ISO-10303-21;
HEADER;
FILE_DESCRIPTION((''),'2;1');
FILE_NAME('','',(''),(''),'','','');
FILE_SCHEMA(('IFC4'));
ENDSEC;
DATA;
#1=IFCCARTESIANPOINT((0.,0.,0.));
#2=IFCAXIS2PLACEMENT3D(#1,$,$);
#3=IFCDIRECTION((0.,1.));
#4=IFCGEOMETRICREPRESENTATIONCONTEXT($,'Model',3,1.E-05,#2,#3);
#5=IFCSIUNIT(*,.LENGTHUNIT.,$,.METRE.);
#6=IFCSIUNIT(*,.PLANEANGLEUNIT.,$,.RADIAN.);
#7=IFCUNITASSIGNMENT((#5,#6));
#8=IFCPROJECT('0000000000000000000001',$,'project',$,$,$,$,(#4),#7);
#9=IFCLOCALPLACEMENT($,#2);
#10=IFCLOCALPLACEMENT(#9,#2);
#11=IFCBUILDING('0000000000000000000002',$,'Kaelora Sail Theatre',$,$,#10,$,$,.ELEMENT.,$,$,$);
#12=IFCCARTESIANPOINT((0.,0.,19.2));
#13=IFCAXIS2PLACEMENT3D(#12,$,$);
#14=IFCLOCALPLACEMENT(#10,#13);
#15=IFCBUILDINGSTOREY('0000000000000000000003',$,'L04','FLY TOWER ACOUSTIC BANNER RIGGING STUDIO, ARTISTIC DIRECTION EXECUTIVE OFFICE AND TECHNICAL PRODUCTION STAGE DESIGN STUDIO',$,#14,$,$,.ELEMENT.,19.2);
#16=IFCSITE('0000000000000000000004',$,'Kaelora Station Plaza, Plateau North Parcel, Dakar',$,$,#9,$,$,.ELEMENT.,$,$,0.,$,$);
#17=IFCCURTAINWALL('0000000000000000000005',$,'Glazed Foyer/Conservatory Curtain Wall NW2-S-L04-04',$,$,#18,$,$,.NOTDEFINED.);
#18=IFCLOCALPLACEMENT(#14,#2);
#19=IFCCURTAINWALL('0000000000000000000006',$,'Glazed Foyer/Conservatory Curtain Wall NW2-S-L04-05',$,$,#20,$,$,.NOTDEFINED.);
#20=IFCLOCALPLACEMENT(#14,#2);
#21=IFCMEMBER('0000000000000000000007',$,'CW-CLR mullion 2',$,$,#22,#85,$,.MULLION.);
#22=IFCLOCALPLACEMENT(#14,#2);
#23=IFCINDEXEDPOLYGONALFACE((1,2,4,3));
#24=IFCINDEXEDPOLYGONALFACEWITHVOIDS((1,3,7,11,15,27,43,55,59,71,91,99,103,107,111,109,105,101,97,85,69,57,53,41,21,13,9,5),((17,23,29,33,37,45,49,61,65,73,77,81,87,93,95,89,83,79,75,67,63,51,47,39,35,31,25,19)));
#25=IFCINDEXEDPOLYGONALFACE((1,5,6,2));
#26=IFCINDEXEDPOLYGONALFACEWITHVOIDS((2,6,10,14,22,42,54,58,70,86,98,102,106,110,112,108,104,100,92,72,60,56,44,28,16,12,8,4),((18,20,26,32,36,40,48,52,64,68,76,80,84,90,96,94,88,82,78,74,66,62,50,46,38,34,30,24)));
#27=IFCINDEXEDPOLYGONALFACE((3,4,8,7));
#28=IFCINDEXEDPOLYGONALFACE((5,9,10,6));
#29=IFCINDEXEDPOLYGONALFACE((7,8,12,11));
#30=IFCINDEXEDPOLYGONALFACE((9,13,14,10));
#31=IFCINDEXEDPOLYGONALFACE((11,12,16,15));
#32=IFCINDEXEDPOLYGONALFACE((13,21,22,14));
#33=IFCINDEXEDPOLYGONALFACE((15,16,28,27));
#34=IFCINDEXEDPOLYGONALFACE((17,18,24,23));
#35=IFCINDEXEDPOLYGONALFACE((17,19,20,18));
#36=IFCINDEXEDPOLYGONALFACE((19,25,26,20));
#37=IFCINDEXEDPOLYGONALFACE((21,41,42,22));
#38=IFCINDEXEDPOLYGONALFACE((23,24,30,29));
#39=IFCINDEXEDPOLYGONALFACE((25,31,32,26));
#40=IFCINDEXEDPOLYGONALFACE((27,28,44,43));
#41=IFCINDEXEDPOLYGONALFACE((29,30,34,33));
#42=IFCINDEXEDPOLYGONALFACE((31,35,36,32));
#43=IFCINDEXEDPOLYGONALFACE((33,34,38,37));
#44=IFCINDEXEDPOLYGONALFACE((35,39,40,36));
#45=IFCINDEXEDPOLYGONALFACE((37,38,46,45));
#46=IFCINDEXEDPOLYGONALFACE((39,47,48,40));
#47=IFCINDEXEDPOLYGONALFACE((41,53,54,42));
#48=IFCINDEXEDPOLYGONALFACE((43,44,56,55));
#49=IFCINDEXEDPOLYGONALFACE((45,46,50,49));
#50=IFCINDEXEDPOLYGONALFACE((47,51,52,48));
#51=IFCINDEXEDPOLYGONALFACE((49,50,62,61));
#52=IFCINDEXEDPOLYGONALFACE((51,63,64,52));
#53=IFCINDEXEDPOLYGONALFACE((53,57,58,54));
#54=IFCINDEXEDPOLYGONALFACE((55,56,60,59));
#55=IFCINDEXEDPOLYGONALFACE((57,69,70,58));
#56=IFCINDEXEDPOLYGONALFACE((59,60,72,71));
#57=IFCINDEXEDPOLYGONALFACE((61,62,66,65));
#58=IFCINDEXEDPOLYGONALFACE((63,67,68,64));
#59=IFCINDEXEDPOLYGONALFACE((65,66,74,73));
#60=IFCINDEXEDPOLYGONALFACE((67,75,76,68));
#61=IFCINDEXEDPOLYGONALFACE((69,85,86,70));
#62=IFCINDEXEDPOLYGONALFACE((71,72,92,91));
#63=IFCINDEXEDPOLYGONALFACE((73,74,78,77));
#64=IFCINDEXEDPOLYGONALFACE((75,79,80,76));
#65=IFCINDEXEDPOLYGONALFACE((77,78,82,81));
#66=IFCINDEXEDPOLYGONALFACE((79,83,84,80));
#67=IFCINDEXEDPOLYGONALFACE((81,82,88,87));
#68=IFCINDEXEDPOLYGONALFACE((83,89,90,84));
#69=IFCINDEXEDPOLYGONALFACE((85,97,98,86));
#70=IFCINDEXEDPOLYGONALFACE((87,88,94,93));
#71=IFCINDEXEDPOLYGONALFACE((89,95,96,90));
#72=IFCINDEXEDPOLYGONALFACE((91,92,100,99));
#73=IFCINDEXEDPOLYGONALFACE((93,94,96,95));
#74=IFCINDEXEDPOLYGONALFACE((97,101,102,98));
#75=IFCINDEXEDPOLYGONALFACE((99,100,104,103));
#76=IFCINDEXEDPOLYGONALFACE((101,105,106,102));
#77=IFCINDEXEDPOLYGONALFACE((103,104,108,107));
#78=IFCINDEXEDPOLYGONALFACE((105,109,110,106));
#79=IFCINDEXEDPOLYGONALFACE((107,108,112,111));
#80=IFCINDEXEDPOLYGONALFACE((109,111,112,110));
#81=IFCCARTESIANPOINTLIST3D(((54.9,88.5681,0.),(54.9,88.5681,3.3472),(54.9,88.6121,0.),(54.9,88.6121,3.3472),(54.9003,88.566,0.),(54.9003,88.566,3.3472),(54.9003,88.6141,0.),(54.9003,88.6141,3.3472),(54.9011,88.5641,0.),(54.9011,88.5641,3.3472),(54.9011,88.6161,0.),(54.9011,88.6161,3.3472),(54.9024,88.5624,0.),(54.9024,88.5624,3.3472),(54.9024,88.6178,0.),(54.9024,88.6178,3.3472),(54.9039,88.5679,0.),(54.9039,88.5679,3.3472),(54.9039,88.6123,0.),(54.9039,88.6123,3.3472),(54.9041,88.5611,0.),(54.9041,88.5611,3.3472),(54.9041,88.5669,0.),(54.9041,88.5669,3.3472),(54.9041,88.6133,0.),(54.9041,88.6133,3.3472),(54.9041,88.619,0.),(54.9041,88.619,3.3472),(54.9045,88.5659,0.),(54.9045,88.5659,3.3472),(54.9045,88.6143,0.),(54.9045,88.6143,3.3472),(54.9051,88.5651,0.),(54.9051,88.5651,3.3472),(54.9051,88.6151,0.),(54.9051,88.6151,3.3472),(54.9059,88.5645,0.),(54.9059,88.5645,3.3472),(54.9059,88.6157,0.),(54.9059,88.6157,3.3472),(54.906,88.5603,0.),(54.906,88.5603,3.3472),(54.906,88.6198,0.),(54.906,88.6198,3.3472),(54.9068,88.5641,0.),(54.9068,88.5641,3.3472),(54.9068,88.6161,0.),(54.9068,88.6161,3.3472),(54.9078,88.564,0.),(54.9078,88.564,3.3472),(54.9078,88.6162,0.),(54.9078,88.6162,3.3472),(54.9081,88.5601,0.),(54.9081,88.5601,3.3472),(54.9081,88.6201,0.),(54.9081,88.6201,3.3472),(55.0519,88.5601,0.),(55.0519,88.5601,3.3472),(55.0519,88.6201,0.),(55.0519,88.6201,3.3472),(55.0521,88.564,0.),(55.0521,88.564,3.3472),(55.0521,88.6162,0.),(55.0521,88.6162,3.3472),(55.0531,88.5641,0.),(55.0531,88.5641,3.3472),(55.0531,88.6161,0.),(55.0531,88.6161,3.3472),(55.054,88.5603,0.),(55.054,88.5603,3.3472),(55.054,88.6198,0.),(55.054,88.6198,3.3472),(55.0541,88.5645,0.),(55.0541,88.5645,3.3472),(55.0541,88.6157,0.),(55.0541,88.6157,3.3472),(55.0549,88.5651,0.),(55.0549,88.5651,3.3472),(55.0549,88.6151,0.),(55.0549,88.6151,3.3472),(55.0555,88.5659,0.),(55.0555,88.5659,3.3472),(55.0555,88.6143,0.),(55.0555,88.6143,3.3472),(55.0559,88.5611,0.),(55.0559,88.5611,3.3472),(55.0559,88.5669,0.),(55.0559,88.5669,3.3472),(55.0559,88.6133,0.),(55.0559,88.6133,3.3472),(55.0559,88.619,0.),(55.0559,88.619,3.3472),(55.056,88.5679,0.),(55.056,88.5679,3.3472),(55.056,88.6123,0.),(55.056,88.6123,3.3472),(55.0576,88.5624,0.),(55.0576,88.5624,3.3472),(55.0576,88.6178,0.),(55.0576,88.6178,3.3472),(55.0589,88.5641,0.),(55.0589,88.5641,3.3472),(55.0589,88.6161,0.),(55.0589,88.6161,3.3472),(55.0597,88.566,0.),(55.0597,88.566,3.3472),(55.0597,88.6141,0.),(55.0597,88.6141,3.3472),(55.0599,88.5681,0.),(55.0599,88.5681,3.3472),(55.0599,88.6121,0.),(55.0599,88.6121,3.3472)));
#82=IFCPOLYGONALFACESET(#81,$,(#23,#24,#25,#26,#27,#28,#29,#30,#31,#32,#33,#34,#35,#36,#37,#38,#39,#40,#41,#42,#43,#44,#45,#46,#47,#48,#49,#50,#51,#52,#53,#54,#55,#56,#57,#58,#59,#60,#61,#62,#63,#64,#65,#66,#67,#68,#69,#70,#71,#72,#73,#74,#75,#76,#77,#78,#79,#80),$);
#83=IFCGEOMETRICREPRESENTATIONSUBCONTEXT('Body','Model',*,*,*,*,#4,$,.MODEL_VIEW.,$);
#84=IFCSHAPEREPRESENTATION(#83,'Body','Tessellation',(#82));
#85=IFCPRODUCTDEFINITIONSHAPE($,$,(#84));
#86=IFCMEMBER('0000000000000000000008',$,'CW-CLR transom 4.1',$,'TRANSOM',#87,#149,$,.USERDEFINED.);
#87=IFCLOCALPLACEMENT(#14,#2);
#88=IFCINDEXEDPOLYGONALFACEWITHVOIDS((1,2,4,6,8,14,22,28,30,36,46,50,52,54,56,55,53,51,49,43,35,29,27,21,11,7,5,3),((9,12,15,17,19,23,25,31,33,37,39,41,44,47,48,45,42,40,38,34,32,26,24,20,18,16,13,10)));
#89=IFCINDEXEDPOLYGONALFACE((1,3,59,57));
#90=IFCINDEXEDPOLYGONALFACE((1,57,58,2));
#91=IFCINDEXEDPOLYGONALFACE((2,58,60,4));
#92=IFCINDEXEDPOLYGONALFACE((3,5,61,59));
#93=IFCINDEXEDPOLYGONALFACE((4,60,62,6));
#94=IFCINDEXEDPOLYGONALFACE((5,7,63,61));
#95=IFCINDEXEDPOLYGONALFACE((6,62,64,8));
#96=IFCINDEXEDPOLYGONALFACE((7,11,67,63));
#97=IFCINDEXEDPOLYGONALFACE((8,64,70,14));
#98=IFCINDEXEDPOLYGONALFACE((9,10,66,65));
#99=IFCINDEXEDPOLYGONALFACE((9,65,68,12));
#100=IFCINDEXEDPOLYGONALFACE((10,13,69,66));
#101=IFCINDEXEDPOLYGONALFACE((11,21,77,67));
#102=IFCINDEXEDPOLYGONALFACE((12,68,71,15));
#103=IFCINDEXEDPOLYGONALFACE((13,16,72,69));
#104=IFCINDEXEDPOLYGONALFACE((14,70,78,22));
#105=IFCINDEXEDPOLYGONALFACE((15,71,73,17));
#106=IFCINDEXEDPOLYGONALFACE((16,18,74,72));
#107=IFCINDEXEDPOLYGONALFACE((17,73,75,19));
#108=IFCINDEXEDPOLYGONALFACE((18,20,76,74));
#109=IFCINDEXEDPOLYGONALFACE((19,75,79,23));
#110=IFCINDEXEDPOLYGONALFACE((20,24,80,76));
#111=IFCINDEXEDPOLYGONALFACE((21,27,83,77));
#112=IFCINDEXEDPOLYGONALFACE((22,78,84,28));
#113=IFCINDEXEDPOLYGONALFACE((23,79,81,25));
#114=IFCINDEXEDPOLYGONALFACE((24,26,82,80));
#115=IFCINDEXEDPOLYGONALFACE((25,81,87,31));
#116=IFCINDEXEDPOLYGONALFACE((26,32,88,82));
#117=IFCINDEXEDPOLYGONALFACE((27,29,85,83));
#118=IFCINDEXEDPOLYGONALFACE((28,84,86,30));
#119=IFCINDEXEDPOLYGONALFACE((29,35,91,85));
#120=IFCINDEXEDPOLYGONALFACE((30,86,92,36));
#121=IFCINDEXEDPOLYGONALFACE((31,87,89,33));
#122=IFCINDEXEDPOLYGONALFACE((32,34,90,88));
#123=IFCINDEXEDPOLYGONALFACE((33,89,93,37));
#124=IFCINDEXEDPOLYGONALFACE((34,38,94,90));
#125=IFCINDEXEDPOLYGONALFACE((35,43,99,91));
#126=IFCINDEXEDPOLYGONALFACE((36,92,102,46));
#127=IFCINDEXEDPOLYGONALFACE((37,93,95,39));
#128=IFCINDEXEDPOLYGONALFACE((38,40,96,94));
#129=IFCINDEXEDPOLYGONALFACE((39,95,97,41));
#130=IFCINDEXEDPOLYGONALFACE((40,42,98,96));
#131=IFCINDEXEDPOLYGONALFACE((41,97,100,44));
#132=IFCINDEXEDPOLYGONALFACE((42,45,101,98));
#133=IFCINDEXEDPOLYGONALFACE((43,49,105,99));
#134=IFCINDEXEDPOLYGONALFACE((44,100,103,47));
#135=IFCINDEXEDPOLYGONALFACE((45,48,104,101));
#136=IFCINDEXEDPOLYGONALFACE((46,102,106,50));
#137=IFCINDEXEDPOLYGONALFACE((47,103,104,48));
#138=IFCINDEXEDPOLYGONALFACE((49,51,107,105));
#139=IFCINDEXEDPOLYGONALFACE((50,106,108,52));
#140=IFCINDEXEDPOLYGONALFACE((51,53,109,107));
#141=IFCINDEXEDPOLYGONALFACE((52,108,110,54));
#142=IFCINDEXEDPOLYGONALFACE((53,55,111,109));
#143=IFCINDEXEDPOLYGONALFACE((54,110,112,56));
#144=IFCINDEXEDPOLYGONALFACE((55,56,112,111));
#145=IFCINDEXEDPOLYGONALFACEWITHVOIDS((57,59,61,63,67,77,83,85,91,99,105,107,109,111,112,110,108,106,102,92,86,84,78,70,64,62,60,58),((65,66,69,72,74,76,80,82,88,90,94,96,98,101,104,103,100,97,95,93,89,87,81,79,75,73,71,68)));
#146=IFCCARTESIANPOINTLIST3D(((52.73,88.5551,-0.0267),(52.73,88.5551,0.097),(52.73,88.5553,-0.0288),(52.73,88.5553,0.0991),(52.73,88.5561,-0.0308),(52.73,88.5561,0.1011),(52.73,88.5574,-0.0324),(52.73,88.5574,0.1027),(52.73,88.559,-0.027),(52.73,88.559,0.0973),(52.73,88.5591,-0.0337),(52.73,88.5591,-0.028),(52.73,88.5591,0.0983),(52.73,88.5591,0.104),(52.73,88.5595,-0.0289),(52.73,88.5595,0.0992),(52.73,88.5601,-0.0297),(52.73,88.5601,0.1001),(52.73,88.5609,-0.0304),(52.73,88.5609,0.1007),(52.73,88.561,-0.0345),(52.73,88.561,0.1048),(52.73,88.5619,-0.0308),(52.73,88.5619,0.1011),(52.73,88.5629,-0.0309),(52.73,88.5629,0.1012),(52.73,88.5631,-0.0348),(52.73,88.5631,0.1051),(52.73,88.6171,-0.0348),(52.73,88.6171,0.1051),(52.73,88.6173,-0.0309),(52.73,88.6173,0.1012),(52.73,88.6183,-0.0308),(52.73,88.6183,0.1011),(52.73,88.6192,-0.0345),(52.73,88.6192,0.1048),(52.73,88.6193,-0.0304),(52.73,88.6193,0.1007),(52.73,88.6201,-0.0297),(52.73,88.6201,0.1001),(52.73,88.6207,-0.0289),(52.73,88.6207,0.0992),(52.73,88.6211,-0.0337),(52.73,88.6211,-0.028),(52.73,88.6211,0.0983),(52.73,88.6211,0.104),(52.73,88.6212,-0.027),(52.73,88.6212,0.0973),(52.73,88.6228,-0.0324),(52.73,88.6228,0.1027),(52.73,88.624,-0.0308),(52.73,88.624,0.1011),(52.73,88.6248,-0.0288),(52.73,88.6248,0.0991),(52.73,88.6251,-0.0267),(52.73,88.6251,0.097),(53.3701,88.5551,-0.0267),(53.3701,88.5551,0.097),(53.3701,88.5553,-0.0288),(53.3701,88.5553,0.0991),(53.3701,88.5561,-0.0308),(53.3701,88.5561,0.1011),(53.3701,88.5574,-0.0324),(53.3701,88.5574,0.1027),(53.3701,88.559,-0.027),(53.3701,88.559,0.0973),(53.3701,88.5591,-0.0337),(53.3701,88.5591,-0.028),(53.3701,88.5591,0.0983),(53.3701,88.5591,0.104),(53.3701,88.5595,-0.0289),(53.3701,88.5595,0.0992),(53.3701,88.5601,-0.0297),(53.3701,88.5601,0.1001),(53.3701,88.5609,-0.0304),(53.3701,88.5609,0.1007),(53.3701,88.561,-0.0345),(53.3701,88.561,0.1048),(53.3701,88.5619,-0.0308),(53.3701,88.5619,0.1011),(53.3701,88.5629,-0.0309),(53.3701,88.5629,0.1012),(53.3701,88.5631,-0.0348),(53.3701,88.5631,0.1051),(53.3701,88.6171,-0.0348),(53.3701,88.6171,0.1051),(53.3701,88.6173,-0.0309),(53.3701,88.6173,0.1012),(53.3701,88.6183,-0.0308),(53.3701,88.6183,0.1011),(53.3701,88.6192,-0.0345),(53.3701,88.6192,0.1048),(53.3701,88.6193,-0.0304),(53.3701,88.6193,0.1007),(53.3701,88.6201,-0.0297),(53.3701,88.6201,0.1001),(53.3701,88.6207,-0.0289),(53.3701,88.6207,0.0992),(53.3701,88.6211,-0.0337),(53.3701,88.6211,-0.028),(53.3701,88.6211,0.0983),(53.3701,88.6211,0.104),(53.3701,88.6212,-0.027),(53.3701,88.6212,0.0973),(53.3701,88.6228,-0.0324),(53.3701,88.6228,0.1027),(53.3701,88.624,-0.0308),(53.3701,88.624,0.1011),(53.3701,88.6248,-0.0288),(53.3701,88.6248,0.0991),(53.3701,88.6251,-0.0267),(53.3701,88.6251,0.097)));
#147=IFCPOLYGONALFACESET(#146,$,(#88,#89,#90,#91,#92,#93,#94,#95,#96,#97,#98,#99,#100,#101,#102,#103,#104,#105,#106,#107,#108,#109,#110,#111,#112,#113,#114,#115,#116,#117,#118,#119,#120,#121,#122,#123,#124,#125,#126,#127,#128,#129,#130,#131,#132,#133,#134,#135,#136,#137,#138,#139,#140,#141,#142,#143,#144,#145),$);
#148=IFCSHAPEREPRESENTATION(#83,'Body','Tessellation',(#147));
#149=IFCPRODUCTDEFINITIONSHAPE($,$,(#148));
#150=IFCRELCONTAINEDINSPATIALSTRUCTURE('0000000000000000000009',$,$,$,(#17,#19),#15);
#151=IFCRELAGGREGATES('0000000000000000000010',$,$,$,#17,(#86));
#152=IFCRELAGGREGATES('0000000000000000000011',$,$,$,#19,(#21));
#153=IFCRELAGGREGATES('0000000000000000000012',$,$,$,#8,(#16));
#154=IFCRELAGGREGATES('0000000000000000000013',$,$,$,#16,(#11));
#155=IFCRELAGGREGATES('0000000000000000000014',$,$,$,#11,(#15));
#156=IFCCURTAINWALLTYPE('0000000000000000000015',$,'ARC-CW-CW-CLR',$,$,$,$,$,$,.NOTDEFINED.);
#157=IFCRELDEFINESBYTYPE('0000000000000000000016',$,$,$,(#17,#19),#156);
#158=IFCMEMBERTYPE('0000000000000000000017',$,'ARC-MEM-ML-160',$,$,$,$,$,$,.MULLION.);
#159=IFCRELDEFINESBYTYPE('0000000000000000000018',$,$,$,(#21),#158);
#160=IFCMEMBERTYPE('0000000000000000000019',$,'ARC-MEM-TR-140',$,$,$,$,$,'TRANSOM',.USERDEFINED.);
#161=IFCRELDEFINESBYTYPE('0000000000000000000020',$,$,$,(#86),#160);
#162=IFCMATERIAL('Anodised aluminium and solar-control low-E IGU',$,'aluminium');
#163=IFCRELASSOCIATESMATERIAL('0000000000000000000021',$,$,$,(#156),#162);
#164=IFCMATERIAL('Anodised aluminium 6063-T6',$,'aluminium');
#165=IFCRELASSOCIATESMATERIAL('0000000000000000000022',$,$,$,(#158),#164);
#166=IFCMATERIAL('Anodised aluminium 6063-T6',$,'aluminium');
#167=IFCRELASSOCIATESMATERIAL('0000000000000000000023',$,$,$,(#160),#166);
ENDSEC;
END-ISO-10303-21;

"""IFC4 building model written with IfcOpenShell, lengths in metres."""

from ifc_helpers import new_model, si_unit, direction, frame, origin, origin_2d, place, context, subcontext, project, spatial, hollow_rectangle, extrude, material, material_profile, profile_set, type_object, element, aggregate, save


model = new_model("IFC4")

# Units and contexts
model_context = context("Model", 3, precision=1e-05, world=origin(), true_north=direction((0.0, 1.0)))
body_context = subcontext(model_context, "Body", "Model", "MODEL_VIEW")
ifc_project = project(units=[si_unit("LENGTHUNIT", "METRE"), si_unit("PLANEANGLEUNIT", "RADIAN")], contexts=[model_context])

# Site, building, storey
site_placement = place(None, origin())
site = spatial("IfcSite", under=ifc_project, at=site_placement, Name="Kaelora Station Plaza, Plateau North Parcel, Dakar", CompositionType="ELEMENT", RefElevation=0.0)
building_placement = place(site_placement, origin())
building = spatial("IfcBuilding", under=site, at=building_placement, Name="Kaelora Sail Theatre", CompositionType="ELEMENT")
storey_placement = place(building_placement, frame((0.0, 0.0, 19.2)))
storey = spatial("IfcBuildingStorey", under=building, at=storey_placement, Name="L04", Description="FLY TOWER ACOUSTIC BANNER RIGGING STUDIO, ARTISTIC DIRECTION EXECUTIVE OFFICE AND TECHNICAL PRODUCTION STAGE DESIGN STUDIO", CompositionType="ELEMENT", Elevation=19.2)

# Curtain walls, member
ifc_material_1 = material(Name="Anodised aluminium and solar-control low-E IGU", Category="aluminium")
curtain_wall_type = type_object("IfcCurtainWallType", Name="ARC-CW-CW-CLR", PredefinedType="NOTDEFINED", material=ifc_material_1)
curtain_wall_1_placement = place(storey_placement, origin())
curtain_wall_1 = element("IfcCurtainWall", 1, at=curtain_wall_1_placement, inside=storey, type_object=curtain_wall_type, Name="Glazed Foyer/Conservatory Curtain Wall NW2-S-L04-04", PredefinedType="NOTDEFINED")
ifc_material_2 = material(Name="Anodised aluminium 6063-T6", Category="aluminium")
ifc_material_profile_1 = material_profile(ifc_material_2, hollow_rectangle(XDim=0.0601, YDim=0.1599, WallThickness=0.0039, InnerFilletRadius=0.0039, OuterFilletRadius=0.0081, at=origin_2d()), Name="ALU-MULL 60x160x4")
ifc_profile_set_1 = profile_set([ifc_material_profile_1], Name="Anodised aluminium 6063-T6")
member_type_1 = type_object("IfcMemberType", Name="ARC-MEM-ML-160", PredefinedType="MULLION", material=ifc_profile_set_1)
curtain_wall_2_placement = place(storey_placement, origin())
curtain_wall_2 = element("IfcCurtainWall", 2, at=curtain_wall_2_placement, inside=storey, type_object=curtain_wall_type, Name="Glazed Foyer/Conservatory Curtain Wall NW2-S-L04-05", PredefinedType="NOTDEFINED")
member_1_placement = place(storey_placement, frame((54.98, 88.5901, 0.0), z_axis=(0.0, 0.0, 1.0), x_axis=(0.0, 1.0, 0.0)))
member_1 = element("IfcMember", 3, at=member_1_placement, type_object=member_type_1, Name="CW-CLR mullion 2", PredefinedType="MULLION", context=body_context, shape_type="SweptSolid", body=[
    extrude(hollow_rectangle(XDim=0.0601, YDim=0.1599, WallThickness=0.0039, InnerFilletRadius=0.0039, OuterFilletRadius=0.0081, at=origin_2d()), origin(), (0.0, 0.0, 1.0), 3.3472),
])

# Member
ifc_material_3 = material(Name="Anodised aluminium 6063-T6", Category="aluminium")
ifc_material_profile_2 = material_profile(ifc_material_3, hollow_rectangle(XDim=0.0701, YDim=0.1399, WallThickness=0.0039, InnerFilletRadius=0.0039, OuterFilletRadius=0.0081, at=origin_2d()), Name="ALU-TRAN 70x140x4")
ifc_profile_set_2 = profile_set([ifc_material_profile_2], Name="Anodised aluminium 6063-T6")
member_type_2 = type_object("IfcMemberType", Name="ARC-MEM-TR-140", ElementType="TRANSOM", PredefinedType="USERDEFINED", material=ifc_profile_set_2)
member_2_placement = place(storey_placement, frame((52.73, 88.5901, 0.0352), z_axis=(1.0, 0.0, 0.0), x_axis=(0.0, 1.0, 0.0)))
member_2 = element("IfcMember", 4, at=member_2_placement, type_object=member_type_2, Name="CW-CLR transom 4.1", ObjectType="TRANSOM", PredefinedType="USERDEFINED", context=body_context, shape_type="SweptSolid", body=[
    extrude(hollow_rectangle(XDim=0.0701, YDim=0.1399, WallThickness=0.0039, InnerFilletRadius=0.0039, OuterFilletRadius=0.0081, at=origin_2d()), origin(), (0.0, 0.0, 1.0), 0.6401),
])

aggregate(curtain_wall_1, [member_2])
aggregate(curtain_wall_2, [member_1])

save(model, "model.ifc")
